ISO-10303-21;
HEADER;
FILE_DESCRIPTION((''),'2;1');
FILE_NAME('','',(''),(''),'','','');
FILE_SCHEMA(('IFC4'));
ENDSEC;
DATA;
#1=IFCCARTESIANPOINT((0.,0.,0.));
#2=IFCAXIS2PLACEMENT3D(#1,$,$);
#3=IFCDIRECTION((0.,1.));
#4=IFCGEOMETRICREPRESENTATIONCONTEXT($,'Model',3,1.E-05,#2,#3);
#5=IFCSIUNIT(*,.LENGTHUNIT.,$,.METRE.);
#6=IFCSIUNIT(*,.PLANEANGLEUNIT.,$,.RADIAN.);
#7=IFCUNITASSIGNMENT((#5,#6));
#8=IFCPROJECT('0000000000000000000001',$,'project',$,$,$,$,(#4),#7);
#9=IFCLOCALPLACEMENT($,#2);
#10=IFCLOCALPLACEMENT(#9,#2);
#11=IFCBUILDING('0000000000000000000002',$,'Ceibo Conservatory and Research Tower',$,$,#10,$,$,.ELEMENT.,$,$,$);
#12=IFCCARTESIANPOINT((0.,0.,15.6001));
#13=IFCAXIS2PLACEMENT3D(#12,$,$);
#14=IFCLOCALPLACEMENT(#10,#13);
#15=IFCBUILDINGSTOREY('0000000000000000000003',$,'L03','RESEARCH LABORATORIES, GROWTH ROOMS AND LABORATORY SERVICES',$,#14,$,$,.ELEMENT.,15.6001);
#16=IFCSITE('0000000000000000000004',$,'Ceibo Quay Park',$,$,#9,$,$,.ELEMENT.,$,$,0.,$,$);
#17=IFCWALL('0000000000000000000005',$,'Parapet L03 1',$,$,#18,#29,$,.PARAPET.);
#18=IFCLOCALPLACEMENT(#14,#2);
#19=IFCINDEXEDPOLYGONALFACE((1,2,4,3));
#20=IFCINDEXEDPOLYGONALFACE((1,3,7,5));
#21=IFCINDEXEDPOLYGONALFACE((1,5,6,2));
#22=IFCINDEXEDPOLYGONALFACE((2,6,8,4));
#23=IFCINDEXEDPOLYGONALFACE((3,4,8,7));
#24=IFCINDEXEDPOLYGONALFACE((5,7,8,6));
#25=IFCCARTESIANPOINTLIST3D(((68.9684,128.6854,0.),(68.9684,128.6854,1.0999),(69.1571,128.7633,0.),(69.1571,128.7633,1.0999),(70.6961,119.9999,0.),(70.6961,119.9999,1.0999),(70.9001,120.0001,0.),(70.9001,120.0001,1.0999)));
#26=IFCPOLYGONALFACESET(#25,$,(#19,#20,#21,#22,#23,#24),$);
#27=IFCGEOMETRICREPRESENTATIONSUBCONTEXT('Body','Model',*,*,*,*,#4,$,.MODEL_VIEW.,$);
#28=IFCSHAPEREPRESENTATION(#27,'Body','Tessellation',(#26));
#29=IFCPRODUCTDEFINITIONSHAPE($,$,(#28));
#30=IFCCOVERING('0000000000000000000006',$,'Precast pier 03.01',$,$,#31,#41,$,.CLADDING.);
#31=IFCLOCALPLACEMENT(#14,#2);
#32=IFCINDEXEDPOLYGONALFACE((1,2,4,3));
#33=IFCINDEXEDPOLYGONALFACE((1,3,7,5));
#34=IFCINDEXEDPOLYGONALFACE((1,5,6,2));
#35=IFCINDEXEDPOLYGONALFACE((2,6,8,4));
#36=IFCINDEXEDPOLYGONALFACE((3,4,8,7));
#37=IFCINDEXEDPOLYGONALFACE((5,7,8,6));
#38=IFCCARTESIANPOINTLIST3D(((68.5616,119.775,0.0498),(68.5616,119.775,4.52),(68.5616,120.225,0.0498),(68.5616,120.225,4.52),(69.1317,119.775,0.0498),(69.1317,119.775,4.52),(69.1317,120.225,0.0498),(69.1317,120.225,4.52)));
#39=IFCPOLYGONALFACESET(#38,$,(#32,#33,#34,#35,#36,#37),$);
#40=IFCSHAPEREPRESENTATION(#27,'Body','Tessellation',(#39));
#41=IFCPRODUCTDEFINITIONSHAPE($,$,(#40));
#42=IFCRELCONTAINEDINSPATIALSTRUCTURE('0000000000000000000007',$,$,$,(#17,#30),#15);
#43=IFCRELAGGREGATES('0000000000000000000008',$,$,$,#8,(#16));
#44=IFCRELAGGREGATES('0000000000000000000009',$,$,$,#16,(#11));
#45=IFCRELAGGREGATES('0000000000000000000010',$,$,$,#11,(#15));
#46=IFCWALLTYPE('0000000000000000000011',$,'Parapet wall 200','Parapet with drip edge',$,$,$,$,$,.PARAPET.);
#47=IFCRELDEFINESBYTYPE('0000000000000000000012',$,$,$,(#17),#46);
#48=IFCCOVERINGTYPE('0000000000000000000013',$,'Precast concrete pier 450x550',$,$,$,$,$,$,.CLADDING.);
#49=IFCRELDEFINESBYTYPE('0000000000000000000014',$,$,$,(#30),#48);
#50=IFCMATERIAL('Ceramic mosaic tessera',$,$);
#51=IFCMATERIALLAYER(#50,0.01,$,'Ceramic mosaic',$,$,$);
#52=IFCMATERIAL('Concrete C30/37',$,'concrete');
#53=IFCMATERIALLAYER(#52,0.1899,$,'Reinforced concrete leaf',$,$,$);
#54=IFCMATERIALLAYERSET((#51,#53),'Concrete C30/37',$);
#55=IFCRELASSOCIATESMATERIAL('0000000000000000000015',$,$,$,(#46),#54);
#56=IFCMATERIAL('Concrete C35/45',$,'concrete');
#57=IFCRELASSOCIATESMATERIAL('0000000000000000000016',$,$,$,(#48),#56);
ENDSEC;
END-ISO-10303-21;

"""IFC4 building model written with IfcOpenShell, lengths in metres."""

from ifc_helpers import new_model, si_unit, direction, frame, origin, origin_2d, place, context, subcontext, project, spatial, polyline, rectangle, outline, extrude, material, layer, layer_set, type_object, element, save


model = new_model("IFC4")

# Units and contexts
model_context = context("Model", 3, precision=1e-05, world=origin(), true_north=direction((0.0, 1.0)))
body_context = subcontext(model_context, "Body", "Model", "MODEL_VIEW")
ifc_project = project(units=[si_unit("LENGTHUNIT", "METRE"), si_unit("PLANEANGLEUNIT", "RADIAN")], contexts=[model_context])

# Site, building, storey
site_placement = place(None, origin())
site = spatial("IfcSite", under=ifc_project, at=site_placement, Name="Ceibo Quay Park", CompositionType="ELEMENT", RefElevation=0.0)
building_placement = place(site_placement, origin())
building = spatial("IfcBuilding", under=site, at=building_placement, Name="Ceibo Conservatory and Research Tower", CompositionType="ELEMENT")
storey_placement = place(building_placement, frame((0.0, 0.0, 15.6001)))
storey = spatial("IfcBuildingStorey", under=building, at=storey_placement, Name="L03", Description="RESEARCH LABORATORIES, GROWTH ROOMS AND LABORATORY SERVICES", CompositionType="ELEMENT", Elevation=15.6001)

# Wall
ifc_material_1 = material(Name="Ceramic mosaic tessera")
ifc_layer_1 = layer(ifc_material_1, 0.01, Name="Ceramic mosaic")
ifc_material_2 = material(Name="Concrete C30/37", Category="concrete")
ifc_layer_2 = layer(ifc_material_2, 0.1899, Name="Reinforced concrete leaf")
ifc_layer_set_1 = layer_set([ifc_layer_1, ifc_layer_2], Name="Concrete C30/37")
wall_type = type_object("IfcWallType", Name="Parapet wall 200", Description="Parapet with drip edge", PredefinedType="PARAPET", material=ifc_layer_set_1)
wall_placement = place(storey_placement, frame((70.7981, 120.0, 0.0), z_axis=(0.0, 0.0, 1.0), x_axis=(-0.195087, 0.980786, 0.0)))
element("IfcWall", 1, at=wall_placement, inside=storey, type_object=wall_type, Name="Parapet L03 1", PredefinedType="PARAPET", context=body_context, shape_type="SweptSolid", body=[
    extrude(outline(polyline([(-0.0198, -0.1001), (8.915, -0.1001), (8.8755, 0.1001), (0.0198, 0.1001), (-0.0198, -0.1001)])), origin(), (0.0, 0.0, 1.0), 1.0999),
])

# Covering
ifc_material_3 = material(Name="Concrete C35/45", Category="concrete")
covering_type = type_object("IfcCoveringType", Name="Precast concrete pier 450x550", PredefinedType="CLADDING", material=ifc_material_3)
covering_placement = place(storey_placement, frame((68.8467, 120.0, 0.0498), z_axis=(0.0, 0.0, 1.0), x_axis=(1.0, 0.0, 0.0)))
element("IfcCovering", 2, at=covering_placement, inside=storey, type_object=covering_type, Name="Precast pier 03.01", PredefinedType="CLADDING", context=body_context, shape_type="SweptSolid", body=[
    extrude(rectangle(XDim=0.5701, YDim=0.45, at=origin_2d()), origin(), (0.0, 0.0, 1.0), 4.4702),
])

save(model, "model.ifc")
